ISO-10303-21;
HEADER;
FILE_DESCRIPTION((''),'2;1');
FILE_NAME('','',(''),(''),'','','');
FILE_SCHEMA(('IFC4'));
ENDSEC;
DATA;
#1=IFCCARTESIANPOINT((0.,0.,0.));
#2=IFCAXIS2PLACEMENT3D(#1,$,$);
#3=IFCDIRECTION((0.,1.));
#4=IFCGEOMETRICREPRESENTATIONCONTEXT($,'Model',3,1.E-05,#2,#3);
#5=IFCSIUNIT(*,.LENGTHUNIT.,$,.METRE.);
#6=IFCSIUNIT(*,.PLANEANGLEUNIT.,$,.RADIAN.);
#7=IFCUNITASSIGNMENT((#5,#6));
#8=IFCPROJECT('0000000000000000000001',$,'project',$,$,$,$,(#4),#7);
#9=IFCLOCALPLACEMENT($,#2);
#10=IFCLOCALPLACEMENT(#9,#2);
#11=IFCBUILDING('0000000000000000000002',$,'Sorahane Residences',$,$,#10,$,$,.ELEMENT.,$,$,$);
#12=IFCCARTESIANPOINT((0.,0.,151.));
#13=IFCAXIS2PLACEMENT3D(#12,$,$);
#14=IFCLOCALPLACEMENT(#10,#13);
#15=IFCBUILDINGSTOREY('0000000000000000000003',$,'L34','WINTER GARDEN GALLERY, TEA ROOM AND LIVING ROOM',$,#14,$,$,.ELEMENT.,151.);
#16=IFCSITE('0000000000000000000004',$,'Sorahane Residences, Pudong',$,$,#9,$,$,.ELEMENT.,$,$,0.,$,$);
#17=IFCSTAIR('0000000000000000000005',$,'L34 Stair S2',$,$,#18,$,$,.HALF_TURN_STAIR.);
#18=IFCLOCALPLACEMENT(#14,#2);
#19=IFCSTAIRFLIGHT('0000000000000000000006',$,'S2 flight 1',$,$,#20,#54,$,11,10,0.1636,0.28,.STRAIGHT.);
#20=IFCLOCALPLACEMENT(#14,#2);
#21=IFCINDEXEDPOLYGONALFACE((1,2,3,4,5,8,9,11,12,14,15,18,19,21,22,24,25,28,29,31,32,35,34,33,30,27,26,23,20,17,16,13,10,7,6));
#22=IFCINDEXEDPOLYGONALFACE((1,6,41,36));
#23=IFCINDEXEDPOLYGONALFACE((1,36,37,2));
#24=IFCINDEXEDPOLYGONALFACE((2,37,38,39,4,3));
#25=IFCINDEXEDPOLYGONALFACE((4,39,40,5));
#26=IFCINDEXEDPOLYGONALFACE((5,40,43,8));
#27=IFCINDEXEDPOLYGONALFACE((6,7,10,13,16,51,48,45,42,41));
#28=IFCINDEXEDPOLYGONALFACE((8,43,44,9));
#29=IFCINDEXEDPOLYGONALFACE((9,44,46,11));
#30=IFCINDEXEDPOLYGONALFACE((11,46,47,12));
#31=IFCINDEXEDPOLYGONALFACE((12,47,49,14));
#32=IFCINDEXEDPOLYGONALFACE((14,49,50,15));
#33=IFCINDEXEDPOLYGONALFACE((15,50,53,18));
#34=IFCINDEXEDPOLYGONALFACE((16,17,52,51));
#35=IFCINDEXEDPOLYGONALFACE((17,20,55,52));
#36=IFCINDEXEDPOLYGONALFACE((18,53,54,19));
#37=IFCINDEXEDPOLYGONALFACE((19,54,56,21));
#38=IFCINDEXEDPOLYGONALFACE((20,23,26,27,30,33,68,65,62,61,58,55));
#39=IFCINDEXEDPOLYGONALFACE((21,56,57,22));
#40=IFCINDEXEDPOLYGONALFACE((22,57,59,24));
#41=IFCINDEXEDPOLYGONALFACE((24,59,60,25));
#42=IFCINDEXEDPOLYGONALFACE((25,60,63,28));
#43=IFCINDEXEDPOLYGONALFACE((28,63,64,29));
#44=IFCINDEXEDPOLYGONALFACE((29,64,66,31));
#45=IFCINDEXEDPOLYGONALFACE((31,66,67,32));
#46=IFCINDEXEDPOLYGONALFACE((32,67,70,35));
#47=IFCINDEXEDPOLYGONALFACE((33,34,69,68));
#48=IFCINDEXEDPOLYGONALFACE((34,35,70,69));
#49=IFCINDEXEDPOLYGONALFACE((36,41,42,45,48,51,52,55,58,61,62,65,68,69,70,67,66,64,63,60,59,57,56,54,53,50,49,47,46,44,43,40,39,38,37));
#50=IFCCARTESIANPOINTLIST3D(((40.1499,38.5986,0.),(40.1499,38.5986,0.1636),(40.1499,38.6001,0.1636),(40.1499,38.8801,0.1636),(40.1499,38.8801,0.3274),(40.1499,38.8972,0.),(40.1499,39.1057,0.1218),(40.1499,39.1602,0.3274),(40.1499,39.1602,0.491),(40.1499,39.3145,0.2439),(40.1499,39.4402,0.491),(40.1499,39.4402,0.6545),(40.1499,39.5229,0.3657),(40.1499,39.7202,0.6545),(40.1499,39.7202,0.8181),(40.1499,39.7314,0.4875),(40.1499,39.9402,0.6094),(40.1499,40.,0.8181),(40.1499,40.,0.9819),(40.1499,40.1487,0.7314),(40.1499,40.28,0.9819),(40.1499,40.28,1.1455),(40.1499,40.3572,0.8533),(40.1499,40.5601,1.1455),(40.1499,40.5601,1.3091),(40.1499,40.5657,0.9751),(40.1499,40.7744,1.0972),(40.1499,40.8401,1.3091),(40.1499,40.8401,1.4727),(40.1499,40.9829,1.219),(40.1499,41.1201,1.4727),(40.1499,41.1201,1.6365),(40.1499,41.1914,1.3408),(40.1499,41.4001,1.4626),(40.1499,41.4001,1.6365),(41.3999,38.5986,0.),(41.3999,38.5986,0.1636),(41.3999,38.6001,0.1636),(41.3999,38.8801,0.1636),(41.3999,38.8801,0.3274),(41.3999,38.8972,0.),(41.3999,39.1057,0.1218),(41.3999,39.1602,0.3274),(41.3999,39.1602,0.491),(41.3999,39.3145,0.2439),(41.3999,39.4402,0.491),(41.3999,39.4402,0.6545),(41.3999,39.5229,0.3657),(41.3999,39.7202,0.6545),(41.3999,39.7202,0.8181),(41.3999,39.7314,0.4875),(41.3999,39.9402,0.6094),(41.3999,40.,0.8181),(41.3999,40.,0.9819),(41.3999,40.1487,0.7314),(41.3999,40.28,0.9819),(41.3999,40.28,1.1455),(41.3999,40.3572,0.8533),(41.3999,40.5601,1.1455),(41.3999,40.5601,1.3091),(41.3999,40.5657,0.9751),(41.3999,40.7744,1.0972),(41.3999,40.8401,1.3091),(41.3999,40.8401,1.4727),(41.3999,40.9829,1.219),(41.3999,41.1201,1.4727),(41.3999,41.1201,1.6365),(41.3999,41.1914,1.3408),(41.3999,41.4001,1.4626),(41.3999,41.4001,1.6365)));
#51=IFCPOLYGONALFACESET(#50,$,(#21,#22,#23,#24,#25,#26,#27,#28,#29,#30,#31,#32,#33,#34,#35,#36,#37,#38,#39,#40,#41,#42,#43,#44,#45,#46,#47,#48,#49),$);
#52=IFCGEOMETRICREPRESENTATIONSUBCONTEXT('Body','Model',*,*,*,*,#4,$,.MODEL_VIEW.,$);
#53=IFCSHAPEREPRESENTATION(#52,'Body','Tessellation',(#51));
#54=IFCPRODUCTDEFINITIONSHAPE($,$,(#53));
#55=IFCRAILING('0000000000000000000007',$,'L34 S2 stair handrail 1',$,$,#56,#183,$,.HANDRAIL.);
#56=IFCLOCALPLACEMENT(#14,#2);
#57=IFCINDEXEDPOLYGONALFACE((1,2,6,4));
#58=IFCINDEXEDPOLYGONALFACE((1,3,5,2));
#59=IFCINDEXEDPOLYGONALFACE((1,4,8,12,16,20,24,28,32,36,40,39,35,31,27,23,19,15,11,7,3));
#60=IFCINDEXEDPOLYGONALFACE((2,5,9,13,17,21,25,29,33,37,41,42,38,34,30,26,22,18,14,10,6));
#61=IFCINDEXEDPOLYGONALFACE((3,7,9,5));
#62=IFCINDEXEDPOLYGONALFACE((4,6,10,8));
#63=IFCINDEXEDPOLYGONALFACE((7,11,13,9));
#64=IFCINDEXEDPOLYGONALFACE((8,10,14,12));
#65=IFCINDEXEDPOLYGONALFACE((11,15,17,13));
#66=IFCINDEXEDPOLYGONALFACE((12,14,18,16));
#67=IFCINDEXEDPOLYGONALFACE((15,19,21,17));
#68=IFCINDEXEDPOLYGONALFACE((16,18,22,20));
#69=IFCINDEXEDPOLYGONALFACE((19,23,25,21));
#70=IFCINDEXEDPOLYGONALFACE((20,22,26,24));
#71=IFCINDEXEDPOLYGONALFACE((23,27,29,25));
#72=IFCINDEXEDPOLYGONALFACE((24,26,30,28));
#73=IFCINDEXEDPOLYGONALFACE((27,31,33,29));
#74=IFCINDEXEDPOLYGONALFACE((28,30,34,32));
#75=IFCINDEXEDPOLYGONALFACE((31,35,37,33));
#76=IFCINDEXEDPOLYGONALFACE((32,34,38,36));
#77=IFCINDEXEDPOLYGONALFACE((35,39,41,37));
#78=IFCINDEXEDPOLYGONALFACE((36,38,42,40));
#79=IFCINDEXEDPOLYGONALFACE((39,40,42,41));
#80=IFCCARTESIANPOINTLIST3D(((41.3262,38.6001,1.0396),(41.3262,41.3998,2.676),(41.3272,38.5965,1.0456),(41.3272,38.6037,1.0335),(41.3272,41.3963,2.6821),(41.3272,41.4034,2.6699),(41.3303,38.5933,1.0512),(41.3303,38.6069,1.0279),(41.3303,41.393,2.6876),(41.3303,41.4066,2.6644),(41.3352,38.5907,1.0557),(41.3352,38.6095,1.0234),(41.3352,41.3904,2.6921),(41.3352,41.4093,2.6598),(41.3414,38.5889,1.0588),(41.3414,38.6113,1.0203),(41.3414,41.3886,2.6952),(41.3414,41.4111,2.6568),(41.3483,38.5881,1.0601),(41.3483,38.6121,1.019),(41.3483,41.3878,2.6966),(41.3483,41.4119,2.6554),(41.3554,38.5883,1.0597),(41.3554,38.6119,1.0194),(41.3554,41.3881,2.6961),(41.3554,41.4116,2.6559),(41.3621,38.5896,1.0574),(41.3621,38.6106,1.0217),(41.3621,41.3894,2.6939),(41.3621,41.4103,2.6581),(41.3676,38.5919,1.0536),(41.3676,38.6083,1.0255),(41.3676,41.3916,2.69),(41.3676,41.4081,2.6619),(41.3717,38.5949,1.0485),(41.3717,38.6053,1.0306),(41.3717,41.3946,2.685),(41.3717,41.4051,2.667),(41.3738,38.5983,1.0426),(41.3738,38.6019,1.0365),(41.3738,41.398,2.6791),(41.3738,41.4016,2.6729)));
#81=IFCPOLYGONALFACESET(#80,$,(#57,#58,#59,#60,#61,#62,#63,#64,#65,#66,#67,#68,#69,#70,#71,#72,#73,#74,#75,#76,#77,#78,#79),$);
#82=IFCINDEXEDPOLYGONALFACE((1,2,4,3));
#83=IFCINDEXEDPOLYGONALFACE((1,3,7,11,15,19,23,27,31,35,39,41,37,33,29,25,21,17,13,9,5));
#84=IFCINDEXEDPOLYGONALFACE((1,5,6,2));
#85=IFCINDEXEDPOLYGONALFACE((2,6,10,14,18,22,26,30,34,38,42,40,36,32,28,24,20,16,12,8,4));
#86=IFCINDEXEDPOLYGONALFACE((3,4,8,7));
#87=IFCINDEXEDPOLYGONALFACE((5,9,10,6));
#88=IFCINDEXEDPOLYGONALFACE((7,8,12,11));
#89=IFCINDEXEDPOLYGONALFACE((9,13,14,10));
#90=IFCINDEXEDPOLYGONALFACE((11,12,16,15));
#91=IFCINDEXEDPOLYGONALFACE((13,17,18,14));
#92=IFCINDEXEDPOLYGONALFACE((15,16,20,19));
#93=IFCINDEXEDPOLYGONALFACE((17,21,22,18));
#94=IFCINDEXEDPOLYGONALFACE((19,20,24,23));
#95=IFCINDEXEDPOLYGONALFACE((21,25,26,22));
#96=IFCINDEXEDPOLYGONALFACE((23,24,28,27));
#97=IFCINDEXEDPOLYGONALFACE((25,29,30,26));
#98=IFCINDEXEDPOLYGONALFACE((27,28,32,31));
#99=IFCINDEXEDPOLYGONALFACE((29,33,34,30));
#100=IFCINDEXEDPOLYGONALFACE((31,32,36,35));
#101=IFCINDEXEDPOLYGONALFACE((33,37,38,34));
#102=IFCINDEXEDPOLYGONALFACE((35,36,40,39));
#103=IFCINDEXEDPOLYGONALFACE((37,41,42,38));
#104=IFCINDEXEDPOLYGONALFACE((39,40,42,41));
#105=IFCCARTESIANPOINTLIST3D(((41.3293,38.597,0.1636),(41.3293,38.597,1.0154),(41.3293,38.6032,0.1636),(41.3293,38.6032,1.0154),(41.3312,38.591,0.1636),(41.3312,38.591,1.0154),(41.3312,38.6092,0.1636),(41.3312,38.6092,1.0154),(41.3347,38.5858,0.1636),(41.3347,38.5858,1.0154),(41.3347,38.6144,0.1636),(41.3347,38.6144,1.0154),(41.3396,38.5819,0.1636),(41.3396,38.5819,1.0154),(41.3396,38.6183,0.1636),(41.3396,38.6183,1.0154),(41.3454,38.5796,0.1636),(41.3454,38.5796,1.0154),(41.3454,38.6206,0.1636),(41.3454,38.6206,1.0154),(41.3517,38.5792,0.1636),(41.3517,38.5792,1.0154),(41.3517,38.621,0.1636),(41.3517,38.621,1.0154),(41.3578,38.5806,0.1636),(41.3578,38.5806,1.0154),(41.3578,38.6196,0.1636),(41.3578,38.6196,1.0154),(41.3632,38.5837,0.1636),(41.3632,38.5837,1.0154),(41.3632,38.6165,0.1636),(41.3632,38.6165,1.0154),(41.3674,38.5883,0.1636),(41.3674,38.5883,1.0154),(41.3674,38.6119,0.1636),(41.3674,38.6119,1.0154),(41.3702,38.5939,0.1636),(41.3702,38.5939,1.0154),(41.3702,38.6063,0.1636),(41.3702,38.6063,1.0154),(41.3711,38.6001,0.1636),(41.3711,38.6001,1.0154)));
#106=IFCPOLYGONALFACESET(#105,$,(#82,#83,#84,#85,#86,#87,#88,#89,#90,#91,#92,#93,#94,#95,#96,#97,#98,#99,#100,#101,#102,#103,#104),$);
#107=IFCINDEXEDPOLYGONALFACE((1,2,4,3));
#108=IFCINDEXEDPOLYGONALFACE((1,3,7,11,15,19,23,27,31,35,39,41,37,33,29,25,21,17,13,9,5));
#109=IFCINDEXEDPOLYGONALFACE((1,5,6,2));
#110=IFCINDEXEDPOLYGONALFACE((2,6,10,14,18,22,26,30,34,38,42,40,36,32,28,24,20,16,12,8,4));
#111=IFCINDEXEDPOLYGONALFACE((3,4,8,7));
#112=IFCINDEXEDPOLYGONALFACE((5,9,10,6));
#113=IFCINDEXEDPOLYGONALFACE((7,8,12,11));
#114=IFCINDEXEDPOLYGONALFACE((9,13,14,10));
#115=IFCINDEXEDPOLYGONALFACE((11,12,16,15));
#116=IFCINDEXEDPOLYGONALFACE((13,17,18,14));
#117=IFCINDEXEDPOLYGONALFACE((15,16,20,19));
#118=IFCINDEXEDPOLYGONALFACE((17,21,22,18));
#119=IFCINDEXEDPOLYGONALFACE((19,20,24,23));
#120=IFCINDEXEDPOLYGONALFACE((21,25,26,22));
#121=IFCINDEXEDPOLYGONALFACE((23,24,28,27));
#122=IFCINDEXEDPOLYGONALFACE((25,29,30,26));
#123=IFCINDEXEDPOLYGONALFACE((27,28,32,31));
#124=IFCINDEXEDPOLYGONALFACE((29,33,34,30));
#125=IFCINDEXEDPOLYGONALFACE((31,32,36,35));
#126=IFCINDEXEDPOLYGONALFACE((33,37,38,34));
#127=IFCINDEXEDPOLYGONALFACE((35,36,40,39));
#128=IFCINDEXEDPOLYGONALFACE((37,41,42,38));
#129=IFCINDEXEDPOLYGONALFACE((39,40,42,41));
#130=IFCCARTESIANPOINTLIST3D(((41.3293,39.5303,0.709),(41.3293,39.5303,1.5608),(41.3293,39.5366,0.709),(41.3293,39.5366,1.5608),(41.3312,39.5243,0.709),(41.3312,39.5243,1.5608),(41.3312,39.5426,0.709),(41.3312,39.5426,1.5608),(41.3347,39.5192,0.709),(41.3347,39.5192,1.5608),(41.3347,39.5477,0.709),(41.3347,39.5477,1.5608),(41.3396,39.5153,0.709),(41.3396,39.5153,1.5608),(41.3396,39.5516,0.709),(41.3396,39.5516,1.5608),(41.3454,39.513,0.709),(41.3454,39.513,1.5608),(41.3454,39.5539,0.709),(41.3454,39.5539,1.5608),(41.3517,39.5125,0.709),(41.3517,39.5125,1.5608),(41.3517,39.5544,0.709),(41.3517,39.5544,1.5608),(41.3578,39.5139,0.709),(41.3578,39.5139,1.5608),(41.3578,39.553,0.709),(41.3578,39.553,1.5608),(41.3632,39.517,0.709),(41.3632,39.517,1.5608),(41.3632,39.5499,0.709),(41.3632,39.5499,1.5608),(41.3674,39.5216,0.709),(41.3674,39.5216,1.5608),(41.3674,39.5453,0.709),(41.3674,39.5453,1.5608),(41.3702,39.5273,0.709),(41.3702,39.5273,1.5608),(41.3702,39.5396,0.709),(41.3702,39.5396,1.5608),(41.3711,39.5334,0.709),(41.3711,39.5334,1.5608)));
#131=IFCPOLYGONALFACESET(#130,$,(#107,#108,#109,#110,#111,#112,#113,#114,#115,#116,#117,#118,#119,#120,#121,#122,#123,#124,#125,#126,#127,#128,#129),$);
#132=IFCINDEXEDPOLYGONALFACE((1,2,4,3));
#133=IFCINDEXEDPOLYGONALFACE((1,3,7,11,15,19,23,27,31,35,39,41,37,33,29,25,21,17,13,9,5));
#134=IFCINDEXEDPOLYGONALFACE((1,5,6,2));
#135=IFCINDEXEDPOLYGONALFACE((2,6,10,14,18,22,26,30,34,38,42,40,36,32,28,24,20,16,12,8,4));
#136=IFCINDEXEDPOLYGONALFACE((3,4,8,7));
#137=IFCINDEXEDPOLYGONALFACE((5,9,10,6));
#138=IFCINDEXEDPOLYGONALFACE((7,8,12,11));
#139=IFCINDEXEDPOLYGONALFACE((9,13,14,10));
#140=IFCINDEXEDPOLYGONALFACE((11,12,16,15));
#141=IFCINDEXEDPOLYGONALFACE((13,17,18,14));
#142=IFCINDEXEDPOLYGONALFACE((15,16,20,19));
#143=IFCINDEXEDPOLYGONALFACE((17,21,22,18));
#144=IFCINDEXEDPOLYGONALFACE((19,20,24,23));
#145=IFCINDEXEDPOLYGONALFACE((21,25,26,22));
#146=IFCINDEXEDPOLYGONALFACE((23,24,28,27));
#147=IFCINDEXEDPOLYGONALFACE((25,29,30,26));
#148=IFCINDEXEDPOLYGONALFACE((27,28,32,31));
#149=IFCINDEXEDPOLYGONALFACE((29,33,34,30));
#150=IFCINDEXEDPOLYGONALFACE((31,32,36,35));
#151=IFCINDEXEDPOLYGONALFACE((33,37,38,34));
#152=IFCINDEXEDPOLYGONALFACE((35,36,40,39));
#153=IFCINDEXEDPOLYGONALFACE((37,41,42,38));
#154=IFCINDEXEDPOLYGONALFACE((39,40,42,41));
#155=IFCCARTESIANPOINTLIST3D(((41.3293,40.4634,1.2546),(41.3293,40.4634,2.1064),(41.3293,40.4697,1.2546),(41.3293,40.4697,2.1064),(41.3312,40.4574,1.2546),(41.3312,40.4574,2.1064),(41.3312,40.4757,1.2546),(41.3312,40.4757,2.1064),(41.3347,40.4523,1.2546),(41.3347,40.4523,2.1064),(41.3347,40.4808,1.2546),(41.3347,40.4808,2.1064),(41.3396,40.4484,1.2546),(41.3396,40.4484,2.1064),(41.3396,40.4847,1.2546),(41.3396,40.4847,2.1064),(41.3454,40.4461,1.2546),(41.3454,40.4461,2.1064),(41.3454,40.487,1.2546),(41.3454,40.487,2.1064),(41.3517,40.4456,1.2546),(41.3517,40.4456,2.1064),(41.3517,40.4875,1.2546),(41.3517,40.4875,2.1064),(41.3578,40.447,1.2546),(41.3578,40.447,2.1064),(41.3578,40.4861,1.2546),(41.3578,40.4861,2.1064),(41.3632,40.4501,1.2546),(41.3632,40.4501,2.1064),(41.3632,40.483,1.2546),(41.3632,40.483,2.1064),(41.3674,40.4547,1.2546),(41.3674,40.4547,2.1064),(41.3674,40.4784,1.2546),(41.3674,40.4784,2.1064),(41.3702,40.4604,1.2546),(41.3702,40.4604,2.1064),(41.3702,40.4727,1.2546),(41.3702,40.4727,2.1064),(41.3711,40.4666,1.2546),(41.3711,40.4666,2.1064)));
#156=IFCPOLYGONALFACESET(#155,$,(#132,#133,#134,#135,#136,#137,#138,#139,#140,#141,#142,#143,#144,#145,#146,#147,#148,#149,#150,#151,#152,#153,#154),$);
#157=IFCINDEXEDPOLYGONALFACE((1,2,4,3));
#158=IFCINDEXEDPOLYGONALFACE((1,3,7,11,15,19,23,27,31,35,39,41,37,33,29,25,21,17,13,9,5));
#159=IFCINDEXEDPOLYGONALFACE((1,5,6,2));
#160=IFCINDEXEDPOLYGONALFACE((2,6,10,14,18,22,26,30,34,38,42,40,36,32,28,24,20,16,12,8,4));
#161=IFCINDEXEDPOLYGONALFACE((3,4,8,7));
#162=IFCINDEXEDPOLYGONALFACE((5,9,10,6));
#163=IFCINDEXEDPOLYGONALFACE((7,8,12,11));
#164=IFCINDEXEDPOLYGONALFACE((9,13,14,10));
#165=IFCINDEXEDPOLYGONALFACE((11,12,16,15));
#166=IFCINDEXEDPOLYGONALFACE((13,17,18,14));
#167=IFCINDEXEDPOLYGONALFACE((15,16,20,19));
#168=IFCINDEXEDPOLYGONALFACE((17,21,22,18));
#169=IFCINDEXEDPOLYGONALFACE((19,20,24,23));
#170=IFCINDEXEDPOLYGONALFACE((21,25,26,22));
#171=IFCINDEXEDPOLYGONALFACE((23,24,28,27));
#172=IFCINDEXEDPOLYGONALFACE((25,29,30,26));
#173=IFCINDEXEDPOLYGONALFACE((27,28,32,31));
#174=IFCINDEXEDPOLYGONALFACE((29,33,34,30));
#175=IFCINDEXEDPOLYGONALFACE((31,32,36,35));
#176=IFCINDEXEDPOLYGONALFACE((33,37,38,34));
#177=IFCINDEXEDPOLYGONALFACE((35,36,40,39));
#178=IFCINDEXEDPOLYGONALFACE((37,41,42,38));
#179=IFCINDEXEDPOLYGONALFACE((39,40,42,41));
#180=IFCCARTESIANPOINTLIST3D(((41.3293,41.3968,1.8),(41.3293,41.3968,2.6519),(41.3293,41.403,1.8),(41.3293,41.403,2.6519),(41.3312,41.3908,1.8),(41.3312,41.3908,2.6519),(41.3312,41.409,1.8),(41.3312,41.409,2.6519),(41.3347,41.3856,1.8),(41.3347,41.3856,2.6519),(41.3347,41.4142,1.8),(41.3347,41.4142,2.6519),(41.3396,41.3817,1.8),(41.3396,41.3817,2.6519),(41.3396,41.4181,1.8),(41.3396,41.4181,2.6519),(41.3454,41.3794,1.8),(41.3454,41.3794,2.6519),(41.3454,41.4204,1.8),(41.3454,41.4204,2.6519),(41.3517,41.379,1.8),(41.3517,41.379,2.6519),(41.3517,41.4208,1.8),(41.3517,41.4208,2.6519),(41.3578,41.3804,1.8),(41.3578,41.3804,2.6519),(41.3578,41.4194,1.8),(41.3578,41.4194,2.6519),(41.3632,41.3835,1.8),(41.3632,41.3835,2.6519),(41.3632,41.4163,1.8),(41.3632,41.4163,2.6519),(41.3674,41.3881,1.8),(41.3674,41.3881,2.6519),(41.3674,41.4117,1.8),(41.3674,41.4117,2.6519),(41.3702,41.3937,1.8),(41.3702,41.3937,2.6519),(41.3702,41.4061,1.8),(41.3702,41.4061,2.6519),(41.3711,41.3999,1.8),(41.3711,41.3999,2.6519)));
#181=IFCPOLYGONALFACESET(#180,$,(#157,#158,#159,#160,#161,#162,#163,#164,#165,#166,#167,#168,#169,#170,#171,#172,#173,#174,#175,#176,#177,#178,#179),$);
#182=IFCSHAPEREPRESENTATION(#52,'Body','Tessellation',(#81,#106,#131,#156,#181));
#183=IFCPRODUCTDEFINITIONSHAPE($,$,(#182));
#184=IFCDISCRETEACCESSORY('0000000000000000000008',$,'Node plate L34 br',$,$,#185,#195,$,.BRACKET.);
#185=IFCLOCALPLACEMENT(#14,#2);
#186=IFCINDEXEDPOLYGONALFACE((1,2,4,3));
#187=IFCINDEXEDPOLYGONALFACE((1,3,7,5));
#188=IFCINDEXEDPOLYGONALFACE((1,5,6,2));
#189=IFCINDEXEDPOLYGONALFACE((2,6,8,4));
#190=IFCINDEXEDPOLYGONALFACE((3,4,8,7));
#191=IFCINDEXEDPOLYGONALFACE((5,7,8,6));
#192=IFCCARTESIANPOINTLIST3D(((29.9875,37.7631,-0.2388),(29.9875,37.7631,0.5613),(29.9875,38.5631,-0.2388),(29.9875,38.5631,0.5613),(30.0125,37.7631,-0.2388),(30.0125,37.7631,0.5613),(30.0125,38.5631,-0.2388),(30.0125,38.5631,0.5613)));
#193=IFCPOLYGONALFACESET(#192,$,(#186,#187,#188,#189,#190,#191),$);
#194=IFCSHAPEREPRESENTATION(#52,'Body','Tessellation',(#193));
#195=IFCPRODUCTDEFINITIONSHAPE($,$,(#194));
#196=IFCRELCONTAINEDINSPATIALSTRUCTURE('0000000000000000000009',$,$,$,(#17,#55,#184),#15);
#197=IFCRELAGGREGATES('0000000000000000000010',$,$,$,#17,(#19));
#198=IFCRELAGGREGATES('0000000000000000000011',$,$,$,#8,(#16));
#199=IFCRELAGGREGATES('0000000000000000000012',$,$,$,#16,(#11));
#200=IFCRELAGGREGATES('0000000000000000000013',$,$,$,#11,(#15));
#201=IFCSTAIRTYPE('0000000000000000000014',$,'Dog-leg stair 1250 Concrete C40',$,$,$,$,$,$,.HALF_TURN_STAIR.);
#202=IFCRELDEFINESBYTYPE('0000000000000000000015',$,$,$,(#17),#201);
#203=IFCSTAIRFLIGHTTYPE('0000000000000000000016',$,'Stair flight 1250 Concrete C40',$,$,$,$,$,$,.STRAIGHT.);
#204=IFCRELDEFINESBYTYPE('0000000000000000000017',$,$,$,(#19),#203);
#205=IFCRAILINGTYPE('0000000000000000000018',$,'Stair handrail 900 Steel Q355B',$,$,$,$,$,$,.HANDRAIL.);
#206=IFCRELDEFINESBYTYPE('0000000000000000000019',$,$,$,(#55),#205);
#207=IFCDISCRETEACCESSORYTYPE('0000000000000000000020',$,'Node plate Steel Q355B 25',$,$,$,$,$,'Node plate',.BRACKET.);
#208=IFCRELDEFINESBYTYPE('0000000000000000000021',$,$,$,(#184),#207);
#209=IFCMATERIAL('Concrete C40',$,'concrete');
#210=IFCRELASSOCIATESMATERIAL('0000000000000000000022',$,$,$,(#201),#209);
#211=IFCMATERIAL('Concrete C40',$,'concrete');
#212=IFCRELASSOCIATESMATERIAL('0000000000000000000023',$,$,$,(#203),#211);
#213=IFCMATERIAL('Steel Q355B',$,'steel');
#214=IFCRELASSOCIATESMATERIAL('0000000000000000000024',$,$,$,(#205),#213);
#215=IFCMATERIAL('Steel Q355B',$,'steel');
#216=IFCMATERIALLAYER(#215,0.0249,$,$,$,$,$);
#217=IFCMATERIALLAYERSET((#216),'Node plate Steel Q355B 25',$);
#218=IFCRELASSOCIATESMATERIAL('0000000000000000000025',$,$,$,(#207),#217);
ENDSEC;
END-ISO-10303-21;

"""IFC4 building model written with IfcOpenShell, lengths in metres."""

from ifc_helpers import new_model, si_unit, direction, frame, origin, origin_2d, place, context, subcontext, project, spatial, polyline, rectangle, circle, outline, extrude, material, layer, layer_set, type_object, element, aggregate, save


model = new_model("IFC4")

# Units and contexts
model_context = context("Model", 3, precision=1e-05, world=origin(), true_north=direction((0.0, 1.0)))
body_context = subcontext(model_context, "Body", "Model", "MODEL_VIEW")
ifc_project = project(units=[si_unit("LENGTHUNIT", "METRE"), si_unit("PLANEANGLEUNIT", "RADIAN")], contexts=[model_context])

# Site, building, storey
site_placement = place(None, origin())
site = spatial("IfcSite", under=ifc_project, at=site_placement, Name="Sorahane Residences, Pudong", CompositionType="ELEMENT", RefElevation=0.0)
building_placement = place(site_placement, origin())
building = spatial("IfcBuilding", under=site, at=building_placement, Name="Sorahane Residences", CompositionType="ELEMENT")
storey_placement = place(building_placement, frame((0.0, 0.0, 151.0)))
storey = spatial("IfcBuildingStorey", under=building, at=storey_placement, Name="L34", Description="WINTER GARDEN GALLERY, TEA ROOM AND LIVING ROOM", CompositionType="ELEMENT", Elevation=151.0)

# Stair, stair flight
ifc_material_1 = material(Name="Concrete C40", Category="concrete")
stair_type = type_object("IfcStairType", Name="Dog-leg stair 1250 Concrete C40", PredefinedType="HALF_TURN_STAIR", material=ifc_material_1)
stair_placement = place(storey_placement, origin())
stair = element("IfcStair", 1, at=stair_placement, inside=storey, type_object=stair_type, Name="L34 Stair S2", PredefinedType="HALF_TURN_STAIR")
ifc_material_2 = material(Name="Concrete C40", Category="concrete")
stair_flight_type = type_object("IfcStairFlightType", Name="Stair flight 1250 Concrete C40", PredefinedType="STRAIGHT", material=ifc_material_2)
stair_flight_placement = place(storey_placement, frame((40.7749, 38.6001, 0.0), z_axis=(0.0, 0.0, 1.0), x_axis=(0.0, 1.0, 0.0)))
stair_flight = element("IfcStairFlight", 2, at=stair_flight_placement, type_object=stair_flight_type, Name="S2 flight 1", NumberOfRisers=11, NumberOfTreads=10, PredefinedType="STRAIGHT", RiserHeight=0.1636, TreadLength=0.28, context=body_context, shape_type="SweptSolid", body=[
    extrude(outline(polyline([(-0.0015, 0.0), (-0.0015, 0.1636), (0.0, 0.1636), (0.28, 0.1636), (0.28, 0.3274), (0.5601, 0.3274), (0.5601, 0.491), (0.8401, 0.491), (0.8401, 0.6545), (1.1201, 0.6545), (1.1201, 0.8181), (1.3999, 0.8181), (1.3999, 0.9819), (1.6799, 0.9819), (1.6799, 1.1455), (1.96, 1.1455), (1.96, 1.3091), (2.24, 1.3091), (2.24, 1.4727), (2.52, 1.4727), (2.52, 1.6365), (2.8, 1.6365), (2.8, 1.8), (2.8, 1.4626), (2.5913, 1.3408), (2.3828, 1.219), (2.1743, 1.0972), (1.9656, 0.9751), (1.7571, 0.8533), (1.5486, 0.7314), (1.3401, 0.6094), (1.1313, 0.4875), (0.9229, 0.3657), (0.7144, 0.2439), (0.5056, 0.1218), (0.2971, 0.0), (-0.0015, 0.0)])), frame((0.0, 0.625, 0.0), z_axis=(0.0, -1.0, 0.0), x_axis=(1.0, 0.0, 0.0)), (0.0, 0.0, 1.0), 1.25),
])
aggregate(stair, [stair_flight])

# Railing
ifc_material_3 = material(Name="Steel Q355B", Category="steel")
railing_type_1 = type_object("IfcRailingType", Name="Stair handrail 900 Steel Q355B", PredefinedType="HANDRAIL", material=ifc_material_3)
railing_1_placement = place(storey_placement, frame((41.3501, 38.6001, 0.1636)))
element("IfcRailing", 3, at=railing_1_placement, inside=storey, type_object=railing_type_1, Name="L34 S2 stair handrail 1", PredefinedType="HANDRAIL", context=body_context, shape_type="SweptSolid", body=[
    extrude(circle(Radius=0.0239, at=origin_2d()), frame((0.0, 0.0, 0.876), z_axis=(0.0, 0.863342, 0.50462), x_axis=(-1.0, 0.0, 0.0)), (0.0, 0.0, 1.0), 3.2429),
    extrude(circle(Radius=0.021, at=origin_2d()), origin(), (0.0, 0.0, 1.0), 0.8518),
    extrude(circle(Radius=0.021, at=origin_2d()), frame((0.0, 0.9333, 0.5454)), (0.0, 0.0, 1.0), 0.8518),
    extrude(circle(Radius=0.021, at=origin_2d()), frame((0.0, 1.8665, 1.0911)), (0.0, 0.0, 1.0), 0.8518),
    extrude(circle(Radius=0.021, at=origin_2d()), frame((0.0, 2.7998, 1.6365)), (0.0, 0.0, 1.0), 0.8518),
])

# Discrete accessory
ifc_material_4 = material(Name="Steel Q355B", Category="steel")
ifc_layer_1 = layer(ifc_material_4, 0.0249)
ifc_layer_set_1 = layer_set([ifc_layer_1], Name="Node plate Steel Q355B 25")
discrete_accessory_type = type_object("IfcDiscreteAccessoryType", Name="Node plate Steel Q355B 25", ElementType="Node plate", PredefinedType="BRACKET", material=ifc_layer_set_1)
for number, where, z_axis, x_axis, name in (
    (4, (30.0, 38.1631, -0.2388), (0.0, 0.0, 1.0), (0.0, 1.0, 0.0), "Node plate L34 br"),
):
    element("IfcDiscreteAccessory", number, at=place(storey_placement, frame(where, z_axis=z_axis, x_axis=x_axis)), inside=storey, type_object=discrete_accessory_type, Name=name, PredefinedType="BRACKET", context=body_context, shape_type="SweptSolid", body=[
        extrude(rectangle(XDim=0.8, YDim=0.0249, at=origin_2d()), origin(), (0.0, 0.0, 1.0), 0.8),
    ])

save(model, "model.ifc")
